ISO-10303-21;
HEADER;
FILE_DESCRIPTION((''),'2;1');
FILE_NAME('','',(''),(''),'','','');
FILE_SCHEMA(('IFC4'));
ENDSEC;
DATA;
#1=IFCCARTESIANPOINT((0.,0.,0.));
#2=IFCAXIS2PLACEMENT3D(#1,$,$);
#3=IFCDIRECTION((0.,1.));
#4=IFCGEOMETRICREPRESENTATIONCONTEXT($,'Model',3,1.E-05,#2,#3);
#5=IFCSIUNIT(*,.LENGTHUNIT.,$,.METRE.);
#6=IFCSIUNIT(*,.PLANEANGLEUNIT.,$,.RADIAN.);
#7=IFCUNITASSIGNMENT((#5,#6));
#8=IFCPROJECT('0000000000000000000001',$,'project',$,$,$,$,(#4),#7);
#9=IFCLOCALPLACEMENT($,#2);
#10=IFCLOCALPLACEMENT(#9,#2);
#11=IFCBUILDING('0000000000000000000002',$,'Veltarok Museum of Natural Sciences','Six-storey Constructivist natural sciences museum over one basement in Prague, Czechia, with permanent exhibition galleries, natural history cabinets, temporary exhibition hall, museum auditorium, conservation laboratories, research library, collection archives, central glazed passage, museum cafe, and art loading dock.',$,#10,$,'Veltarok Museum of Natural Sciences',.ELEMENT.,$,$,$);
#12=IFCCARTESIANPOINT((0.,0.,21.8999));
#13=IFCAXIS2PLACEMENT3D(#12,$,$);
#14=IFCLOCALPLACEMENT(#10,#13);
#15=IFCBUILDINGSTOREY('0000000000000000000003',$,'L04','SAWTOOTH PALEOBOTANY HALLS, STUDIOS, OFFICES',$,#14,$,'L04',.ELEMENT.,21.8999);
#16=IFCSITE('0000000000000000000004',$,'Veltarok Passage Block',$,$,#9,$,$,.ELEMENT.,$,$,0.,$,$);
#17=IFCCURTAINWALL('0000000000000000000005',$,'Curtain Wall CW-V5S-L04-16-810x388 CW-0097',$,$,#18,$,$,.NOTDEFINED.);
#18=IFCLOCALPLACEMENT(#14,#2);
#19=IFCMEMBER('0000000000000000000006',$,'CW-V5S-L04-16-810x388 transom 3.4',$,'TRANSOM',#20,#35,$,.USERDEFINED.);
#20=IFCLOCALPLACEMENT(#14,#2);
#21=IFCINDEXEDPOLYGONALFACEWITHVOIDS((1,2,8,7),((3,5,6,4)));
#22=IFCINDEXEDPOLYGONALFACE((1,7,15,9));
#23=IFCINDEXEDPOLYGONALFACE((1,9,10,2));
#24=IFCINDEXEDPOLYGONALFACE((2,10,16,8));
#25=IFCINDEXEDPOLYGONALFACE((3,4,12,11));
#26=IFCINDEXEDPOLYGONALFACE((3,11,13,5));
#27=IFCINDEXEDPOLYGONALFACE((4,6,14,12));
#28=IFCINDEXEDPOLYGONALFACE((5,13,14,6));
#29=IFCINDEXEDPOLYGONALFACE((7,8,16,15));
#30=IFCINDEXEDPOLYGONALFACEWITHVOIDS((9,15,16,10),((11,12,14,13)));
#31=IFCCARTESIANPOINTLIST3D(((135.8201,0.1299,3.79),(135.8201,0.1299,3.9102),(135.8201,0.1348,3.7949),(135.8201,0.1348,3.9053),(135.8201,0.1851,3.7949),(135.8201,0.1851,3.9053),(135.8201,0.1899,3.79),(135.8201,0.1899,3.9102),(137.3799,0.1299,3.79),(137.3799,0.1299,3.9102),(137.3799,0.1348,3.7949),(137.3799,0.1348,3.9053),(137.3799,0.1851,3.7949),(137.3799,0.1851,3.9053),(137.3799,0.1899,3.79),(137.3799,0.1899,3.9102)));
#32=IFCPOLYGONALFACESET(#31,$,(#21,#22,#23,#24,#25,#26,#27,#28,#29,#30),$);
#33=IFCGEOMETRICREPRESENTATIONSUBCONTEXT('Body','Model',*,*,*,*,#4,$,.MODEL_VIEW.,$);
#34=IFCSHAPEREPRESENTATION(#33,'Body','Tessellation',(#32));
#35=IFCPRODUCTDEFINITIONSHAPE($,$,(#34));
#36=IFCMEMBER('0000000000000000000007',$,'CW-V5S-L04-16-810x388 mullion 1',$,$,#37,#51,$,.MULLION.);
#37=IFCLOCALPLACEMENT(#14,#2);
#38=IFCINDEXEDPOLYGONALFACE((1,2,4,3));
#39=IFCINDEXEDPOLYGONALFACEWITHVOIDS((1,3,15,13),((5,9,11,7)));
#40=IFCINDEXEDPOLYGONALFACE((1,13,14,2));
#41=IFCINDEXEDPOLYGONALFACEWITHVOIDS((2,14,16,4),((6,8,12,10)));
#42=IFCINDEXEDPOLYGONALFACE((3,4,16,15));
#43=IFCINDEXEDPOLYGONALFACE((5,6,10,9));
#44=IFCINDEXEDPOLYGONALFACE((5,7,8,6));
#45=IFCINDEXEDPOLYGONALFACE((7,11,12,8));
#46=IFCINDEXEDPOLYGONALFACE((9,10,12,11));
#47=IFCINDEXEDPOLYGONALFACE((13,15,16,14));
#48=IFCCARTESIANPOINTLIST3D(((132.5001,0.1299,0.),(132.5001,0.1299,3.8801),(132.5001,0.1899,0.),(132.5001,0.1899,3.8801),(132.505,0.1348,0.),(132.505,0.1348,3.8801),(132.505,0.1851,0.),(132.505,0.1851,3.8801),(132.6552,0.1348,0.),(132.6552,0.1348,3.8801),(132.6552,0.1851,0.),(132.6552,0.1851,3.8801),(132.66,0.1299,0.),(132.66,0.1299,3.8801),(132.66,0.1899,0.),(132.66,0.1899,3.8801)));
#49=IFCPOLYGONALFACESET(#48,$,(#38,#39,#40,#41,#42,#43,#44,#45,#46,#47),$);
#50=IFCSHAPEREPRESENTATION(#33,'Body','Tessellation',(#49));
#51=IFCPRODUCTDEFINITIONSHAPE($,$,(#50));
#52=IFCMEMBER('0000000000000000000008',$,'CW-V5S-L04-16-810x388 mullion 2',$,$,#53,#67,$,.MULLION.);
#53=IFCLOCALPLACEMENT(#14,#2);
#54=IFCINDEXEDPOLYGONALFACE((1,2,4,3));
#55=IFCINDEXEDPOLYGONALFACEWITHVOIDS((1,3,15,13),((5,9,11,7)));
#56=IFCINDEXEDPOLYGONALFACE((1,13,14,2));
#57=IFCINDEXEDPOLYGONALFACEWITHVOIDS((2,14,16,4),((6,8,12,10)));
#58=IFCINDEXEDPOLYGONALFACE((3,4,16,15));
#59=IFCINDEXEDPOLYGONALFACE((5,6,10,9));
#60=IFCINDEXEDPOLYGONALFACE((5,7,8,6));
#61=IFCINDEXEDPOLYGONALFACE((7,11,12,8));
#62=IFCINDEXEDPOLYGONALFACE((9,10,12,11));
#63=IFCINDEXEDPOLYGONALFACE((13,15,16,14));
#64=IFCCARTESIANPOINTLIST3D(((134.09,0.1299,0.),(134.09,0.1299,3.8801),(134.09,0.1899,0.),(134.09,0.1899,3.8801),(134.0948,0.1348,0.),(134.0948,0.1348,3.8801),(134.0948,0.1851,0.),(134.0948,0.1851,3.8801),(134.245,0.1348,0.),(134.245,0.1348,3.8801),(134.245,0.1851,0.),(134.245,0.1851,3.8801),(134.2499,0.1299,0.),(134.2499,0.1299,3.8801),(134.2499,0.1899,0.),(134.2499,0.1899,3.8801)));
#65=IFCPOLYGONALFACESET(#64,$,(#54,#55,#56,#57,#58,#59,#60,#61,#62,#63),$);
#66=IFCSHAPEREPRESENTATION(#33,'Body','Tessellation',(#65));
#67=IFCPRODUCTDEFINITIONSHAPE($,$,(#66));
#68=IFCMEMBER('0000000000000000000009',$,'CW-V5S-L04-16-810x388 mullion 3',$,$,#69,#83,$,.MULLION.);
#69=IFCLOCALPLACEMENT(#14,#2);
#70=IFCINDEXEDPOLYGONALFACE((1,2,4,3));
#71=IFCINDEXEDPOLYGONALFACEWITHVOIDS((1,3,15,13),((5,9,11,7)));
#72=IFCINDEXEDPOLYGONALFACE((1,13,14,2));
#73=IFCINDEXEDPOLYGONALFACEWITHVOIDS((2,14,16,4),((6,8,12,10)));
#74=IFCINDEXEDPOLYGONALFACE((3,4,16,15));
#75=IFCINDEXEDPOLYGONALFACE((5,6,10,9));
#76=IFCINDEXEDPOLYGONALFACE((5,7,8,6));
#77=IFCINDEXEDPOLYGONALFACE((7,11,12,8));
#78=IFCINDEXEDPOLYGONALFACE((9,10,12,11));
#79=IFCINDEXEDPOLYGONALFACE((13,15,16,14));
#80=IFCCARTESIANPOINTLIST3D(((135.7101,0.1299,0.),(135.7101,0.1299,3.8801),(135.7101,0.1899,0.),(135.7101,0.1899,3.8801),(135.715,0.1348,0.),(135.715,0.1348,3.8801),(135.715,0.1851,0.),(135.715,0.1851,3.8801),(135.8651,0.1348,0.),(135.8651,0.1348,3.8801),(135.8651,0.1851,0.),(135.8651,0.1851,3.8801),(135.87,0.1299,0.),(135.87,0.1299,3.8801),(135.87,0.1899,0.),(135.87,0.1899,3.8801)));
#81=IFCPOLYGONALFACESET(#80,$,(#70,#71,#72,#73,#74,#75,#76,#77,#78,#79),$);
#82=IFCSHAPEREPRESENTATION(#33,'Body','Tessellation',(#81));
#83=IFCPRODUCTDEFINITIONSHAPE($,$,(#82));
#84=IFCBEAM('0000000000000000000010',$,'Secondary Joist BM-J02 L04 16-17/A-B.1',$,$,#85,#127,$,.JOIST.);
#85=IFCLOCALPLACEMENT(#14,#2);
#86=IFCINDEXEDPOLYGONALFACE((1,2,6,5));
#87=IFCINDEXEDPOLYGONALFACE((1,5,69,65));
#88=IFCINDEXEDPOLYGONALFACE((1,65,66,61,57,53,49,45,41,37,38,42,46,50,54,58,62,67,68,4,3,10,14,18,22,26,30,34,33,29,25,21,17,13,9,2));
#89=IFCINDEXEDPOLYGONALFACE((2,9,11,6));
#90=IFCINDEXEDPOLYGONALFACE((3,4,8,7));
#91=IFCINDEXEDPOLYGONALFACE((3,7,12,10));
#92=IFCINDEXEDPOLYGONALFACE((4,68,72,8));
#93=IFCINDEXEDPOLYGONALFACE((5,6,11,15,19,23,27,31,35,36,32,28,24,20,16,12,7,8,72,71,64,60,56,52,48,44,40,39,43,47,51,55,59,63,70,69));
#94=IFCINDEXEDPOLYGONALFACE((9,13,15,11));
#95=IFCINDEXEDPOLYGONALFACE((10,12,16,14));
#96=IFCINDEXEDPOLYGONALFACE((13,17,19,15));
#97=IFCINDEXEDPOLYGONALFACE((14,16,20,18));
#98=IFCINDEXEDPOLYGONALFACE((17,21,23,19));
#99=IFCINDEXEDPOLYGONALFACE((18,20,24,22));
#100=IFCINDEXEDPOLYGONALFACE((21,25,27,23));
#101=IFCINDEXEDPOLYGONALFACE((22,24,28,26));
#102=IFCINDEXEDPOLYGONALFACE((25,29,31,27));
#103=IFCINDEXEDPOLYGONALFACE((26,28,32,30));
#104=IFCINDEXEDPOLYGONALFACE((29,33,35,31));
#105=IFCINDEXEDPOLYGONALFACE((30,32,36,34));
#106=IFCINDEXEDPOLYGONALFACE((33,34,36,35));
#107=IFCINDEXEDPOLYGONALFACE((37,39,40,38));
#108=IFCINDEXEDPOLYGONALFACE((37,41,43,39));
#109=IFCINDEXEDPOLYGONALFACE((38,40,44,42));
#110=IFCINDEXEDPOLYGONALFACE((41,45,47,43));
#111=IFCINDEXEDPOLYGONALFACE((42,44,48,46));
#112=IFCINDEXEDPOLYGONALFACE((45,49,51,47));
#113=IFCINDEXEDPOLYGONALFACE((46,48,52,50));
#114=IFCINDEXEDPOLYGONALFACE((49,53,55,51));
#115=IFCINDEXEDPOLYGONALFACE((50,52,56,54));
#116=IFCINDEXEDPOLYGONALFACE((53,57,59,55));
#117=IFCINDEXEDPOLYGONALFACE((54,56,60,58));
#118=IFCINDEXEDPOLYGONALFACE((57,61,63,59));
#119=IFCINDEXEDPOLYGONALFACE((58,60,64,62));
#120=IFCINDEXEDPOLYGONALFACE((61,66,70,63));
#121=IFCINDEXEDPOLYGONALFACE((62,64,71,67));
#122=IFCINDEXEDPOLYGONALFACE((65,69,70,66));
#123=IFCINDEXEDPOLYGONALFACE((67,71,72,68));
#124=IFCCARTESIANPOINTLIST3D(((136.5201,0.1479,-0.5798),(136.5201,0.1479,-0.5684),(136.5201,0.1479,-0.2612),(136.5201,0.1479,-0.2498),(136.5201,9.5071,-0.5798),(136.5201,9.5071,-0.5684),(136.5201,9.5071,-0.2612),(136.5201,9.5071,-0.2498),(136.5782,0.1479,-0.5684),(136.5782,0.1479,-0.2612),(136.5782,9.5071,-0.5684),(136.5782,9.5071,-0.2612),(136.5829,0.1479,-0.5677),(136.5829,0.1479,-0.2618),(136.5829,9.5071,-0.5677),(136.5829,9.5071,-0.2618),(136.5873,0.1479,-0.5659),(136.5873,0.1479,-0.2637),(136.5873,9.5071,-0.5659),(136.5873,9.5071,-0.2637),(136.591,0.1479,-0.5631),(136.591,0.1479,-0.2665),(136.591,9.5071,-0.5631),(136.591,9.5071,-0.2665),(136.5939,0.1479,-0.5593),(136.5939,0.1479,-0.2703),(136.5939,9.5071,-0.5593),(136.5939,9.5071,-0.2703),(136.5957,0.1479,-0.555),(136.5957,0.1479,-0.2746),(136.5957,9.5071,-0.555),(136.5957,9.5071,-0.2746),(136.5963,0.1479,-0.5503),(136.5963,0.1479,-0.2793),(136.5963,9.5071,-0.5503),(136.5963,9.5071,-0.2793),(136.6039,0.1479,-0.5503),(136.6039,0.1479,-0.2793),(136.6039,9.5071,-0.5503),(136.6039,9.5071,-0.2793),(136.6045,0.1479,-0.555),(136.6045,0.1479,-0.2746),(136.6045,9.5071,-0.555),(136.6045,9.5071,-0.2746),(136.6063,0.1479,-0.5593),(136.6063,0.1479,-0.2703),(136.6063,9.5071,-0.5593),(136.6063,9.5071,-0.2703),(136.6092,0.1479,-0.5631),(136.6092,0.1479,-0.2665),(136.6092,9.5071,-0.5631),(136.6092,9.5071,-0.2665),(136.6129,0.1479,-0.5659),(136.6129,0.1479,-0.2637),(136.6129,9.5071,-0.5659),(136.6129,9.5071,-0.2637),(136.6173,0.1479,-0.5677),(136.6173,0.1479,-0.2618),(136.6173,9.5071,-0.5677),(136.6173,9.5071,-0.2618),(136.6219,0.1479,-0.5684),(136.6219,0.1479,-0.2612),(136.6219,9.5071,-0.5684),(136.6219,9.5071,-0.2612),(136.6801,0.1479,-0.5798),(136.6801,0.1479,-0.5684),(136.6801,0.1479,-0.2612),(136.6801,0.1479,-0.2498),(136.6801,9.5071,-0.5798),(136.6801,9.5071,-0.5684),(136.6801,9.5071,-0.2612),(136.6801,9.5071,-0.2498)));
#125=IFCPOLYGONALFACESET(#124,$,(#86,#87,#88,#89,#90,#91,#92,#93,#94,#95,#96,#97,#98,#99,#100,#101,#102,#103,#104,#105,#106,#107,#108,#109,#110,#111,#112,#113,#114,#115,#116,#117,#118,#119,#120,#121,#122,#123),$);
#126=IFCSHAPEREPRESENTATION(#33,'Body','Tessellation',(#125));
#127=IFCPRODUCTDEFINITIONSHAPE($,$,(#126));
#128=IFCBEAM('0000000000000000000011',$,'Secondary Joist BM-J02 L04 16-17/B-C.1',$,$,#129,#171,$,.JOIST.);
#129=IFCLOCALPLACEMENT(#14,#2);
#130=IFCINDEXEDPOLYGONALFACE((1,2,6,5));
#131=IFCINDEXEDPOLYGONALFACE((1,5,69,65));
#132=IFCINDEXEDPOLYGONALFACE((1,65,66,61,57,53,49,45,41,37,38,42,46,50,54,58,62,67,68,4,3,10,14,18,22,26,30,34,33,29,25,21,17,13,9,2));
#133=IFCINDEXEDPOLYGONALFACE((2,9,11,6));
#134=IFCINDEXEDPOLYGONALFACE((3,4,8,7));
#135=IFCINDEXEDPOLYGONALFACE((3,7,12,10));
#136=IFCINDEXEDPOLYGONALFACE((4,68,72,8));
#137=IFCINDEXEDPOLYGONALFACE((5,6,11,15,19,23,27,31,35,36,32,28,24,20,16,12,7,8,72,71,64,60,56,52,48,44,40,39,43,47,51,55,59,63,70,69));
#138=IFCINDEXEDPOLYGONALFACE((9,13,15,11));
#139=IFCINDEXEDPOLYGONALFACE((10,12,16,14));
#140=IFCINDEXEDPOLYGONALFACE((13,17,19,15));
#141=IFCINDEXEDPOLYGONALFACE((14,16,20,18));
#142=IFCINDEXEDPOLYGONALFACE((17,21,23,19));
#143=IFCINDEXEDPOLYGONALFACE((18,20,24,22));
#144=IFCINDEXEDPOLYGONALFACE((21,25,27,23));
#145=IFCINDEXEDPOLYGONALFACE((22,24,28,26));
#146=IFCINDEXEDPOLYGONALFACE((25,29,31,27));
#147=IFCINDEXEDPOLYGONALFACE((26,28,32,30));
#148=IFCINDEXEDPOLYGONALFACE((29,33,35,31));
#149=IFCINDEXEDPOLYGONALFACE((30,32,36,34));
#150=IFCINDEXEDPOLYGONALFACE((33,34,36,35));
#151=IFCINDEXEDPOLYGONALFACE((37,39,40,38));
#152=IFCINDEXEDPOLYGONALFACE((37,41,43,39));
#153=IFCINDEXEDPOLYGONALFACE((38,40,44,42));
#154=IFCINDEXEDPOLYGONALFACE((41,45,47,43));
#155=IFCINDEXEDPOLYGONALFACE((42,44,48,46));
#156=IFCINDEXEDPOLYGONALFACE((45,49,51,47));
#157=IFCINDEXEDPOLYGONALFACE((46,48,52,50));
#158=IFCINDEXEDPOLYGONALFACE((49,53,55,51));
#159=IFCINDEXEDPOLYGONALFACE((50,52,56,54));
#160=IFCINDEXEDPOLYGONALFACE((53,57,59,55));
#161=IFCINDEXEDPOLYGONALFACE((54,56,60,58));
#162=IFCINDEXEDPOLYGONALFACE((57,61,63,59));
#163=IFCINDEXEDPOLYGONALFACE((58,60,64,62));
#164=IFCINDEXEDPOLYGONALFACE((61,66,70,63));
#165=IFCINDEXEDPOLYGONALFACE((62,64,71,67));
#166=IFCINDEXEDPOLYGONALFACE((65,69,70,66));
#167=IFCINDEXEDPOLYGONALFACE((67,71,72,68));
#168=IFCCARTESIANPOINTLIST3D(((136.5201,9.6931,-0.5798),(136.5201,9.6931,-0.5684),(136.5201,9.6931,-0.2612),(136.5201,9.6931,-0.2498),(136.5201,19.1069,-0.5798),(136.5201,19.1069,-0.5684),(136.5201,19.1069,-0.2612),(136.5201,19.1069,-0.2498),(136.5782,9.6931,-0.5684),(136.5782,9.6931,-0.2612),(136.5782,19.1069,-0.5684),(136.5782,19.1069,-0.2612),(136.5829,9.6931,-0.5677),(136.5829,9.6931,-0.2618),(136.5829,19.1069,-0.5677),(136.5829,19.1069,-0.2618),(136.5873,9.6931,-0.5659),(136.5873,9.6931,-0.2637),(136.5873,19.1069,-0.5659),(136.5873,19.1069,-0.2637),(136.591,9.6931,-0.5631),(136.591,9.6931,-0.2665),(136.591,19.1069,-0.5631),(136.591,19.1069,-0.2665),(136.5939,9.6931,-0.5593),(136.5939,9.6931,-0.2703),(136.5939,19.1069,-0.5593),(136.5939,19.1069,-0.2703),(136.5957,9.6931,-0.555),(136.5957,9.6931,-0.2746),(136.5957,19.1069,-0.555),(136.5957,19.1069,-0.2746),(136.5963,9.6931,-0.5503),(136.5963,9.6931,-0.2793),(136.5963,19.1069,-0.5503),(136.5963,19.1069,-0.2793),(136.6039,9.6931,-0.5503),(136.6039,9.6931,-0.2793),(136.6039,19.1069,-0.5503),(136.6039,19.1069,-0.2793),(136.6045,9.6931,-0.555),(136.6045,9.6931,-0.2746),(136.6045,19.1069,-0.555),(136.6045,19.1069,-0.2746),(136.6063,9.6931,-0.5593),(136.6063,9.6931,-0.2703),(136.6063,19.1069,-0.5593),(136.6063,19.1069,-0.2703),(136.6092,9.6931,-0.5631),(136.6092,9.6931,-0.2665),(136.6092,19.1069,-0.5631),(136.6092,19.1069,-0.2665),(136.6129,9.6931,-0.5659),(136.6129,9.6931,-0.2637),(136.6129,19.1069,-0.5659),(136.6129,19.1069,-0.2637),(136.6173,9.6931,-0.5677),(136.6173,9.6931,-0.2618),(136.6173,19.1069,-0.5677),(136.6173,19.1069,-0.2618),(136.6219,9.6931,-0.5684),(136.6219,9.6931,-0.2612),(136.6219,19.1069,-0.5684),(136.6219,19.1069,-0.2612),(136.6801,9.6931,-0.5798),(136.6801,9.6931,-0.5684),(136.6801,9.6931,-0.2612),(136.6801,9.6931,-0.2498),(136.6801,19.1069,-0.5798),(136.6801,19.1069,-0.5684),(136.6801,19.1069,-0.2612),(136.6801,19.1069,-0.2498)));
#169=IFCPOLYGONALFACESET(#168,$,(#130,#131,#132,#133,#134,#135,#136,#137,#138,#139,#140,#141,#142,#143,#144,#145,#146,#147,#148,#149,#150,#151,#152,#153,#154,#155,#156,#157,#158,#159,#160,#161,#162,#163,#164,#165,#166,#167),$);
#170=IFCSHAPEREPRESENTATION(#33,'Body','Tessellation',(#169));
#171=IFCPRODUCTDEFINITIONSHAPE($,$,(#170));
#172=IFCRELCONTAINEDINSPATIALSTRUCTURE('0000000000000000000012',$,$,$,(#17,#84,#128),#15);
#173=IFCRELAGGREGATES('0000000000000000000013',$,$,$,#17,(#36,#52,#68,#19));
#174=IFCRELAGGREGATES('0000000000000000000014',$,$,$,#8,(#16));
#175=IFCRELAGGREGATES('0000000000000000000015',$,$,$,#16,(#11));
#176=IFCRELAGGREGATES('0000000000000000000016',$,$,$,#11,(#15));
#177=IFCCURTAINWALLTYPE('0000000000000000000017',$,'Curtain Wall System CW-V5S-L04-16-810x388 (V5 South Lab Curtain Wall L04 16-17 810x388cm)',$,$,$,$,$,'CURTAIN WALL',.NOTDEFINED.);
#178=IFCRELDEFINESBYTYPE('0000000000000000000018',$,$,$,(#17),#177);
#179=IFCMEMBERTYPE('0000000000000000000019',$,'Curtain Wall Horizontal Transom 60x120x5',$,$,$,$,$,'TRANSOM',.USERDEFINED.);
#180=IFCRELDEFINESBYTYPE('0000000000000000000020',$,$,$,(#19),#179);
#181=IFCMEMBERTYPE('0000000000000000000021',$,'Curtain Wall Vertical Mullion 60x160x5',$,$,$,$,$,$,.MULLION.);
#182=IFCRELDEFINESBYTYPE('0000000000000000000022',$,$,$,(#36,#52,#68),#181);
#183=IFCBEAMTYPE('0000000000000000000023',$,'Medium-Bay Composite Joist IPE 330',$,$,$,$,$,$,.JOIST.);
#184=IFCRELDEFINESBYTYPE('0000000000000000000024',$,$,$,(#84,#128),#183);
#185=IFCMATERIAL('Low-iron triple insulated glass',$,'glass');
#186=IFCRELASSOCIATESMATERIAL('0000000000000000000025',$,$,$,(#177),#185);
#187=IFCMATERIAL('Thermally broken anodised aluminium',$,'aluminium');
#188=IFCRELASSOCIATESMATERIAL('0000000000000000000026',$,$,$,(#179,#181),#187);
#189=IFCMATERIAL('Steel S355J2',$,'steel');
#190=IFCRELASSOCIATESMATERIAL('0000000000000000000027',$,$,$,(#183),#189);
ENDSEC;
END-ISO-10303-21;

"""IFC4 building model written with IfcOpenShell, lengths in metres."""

from ifc_helpers import new_model, si_unit, direction, frame, origin, origin_2d, place, context, subcontext, project, spatial, hollow_rectangle, i_section, extrude, material, material_profile, profile_set, type_object, element, aggregate, save


model = new_model("IFC4")

# Units and contexts
model_context = context("Model", 3, precision=1e-05, world=origin(), true_north=direction((0.0, 1.0)))
body_context = subcontext(model_context, "Body", "Model", "MODEL_VIEW")
ifc_project = project(units=[si_unit("LENGTHUNIT", "METRE"), si_unit("PLANEANGLEUNIT", "RADIAN")], contexts=[model_context])

# Site, building, storey
site_placement = place(None, origin())
site = spatial("IfcSite", under=ifc_project, at=site_placement, Name="Veltarok Passage Block", CompositionType="ELEMENT", RefElevation=0.0)
building_placement = place(site_placement, origin())
building = spatial("IfcBuilding", under=site, at=building_placement, Name="Veltarok Museum of Natural Sciences", Description="Six-storey Constructivist natural sciences museum over one basement in Prague, Czechia, with permanent exhibition galleries, natural history cabinets, temporary exhibition hall, museum auditorium, conservation laboratories, research library, collection archives, central glazed passage, museum cafe, and art loading dock.", LongName="Veltarok Museum of Natural Sciences", CompositionType="ELEMENT")
storey_placement = place(building_placement, frame((0.0, 0.0, 21.8999)))
storey = spatial("IfcBuildingStorey", under=building, at=storey_placement, Name="L04", Description="SAWTOOTH PALEOBOTANY HALLS, STUDIOS, OFFICES", LongName="L04", CompositionType="ELEMENT", Elevation=21.8999)

# Curtain wall, members
ifc_material_1 = material(Name="Low-iron triple insulated glass", Category="glass")
curtain_wall_type = type_object("IfcCurtainWallType", Name="Curtain Wall System CW-V5S-L04-16-810x388 (V5 South Lab Curtain Wall L04 16-17 810x388cm)", ElementType="CURTAIN WALL", PredefinedType="NOTDEFINED", material=ifc_material_1)
curtain_wall_placement = place(storey_placement, origin())
curtain_wall = element("IfcCurtainWall", 1, at=curtain_wall_placement, inside=storey, type_object=curtain_wall_type, Name="Curtain Wall CW-V5S-L04-16-810x388 CW-0097", PredefinedType="NOTDEFINED")
ifc_material_2 = material(Name="Thermally broken anodised aluminium", Category="aluminium")
ifc_material_profile_1 = material_profile(ifc_material_2, hollow_rectangle(XDim=0.0601, YDim=0.1201, WallThickness=0.0049, at=origin_2d()), Name="CW TRANSOM 60x120x5")
ifc_profile_set_1 = profile_set([ifc_material_profile_1], Name="Thermally broken anodised aluminium")
member_type_1 = type_object("IfcMemberType", Name="Curtain Wall Horizontal Transom 60x120x5", ElementType="TRANSOM", PredefinedType="USERDEFINED", material=ifc_profile_set_1)
member_1_placement = place(storey_placement, frame((135.8201, 0.1599, 3.8501), z_axis=(1.0, 0.0, 0.0), x_axis=(0.0, 1.0, 0.0)))
member_1 = element("IfcMember", 2, at=member_1_placement, type_object=member_type_1, Name="CW-V5S-L04-16-810x388 transom 3.4", ObjectType="TRANSOM", PredefinedType="USERDEFINED", context=body_context, shape_type="SweptSolid", body=[
    extrude(hollow_rectangle(XDim=0.0601, YDim=0.1201, WallThickness=0.0049, at=origin_2d()), origin(), (0.0, 0.0, 1.0), 1.5598),
])
ifc_material_profile_2 = material_profile(ifc_material_2, hollow_rectangle(XDim=0.0601, YDim=0.1599, WallThickness=0.0049, at=origin_2d()), Name="CW MULLION 60x160x5")
ifc_profile_set_2 = profile_set([ifc_material_profile_2], Name="Thermally broken anodised aluminium")
member_type_2 = type_object("IfcMemberType", Name="Curtain Wall Vertical Mullion 60x160x5", PredefinedType="MULLION", material=ifc_profile_set_2)
member_2_placement = place(storey_placement, frame((132.5801, 0.1599, 0.0), z_axis=(0.0, 0.0, 1.0), x_axis=(0.0, 1.0, 0.0)))
member_2 = element("IfcMember", 3, at=member_2_placement, type_object=member_type_2, Name="CW-V5S-L04-16-810x388 mullion 1", PredefinedType="MULLION", context=body_context, shape_type="SweptSolid", body=[
    extrude(hollow_rectangle(XDim=0.0601, YDim=0.1599, WallThickness=0.0049, at=origin_2d()), origin(), (0.0, 0.0, 1.0), 3.8801),
])
member_3_placement = place(storey_placement, frame((134.1699, 0.1599, 0.0), z_axis=(0.0, 0.0, 1.0), x_axis=(0.0, 1.0, 0.0)))
member_3 = element("IfcMember", 4, at=member_3_placement, type_object=member_type_2, Name="CW-V5S-L04-16-810x388 mullion 2", PredefinedType="MULLION", context=body_context, shape_type="SweptSolid", body=[
    extrude(hollow_rectangle(XDim=0.0601, YDim=0.1599, WallThickness=0.0049, at=origin_2d()), origin(), (0.0, 0.0, 1.0), 3.8801),
])
member_4_placement = place(storey_placement, frame((135.79, 0.1599, 0.0), z_axis=(0.0, 0.0, 1.0), x_axis=(0.0, 1.0, 0.0)))
member_4 = element("IfcMember", 5, at=member_4_placement, type_object=member_type_2, Name="CW-V5S-L04-16-810x388 mullion 3", PredefinedType="MULLION", context=body_context, shape_type="SweptSolid", body=[
    extrude(hollow_rectangle(XDim=0.0601, YDim=0.1599, WallThickness=0.0049, at=origin_2d()), origin(), (0.0, 0.0, 1.0), 3.8801),
])

# Beams
ifc_material_3 = material(Name="Steel S355J2", Category="steel")
ifc_material_profile_3 = material_profile(ifc_material_3, i_section(OverallWidth=0.1599, OverallDepth=0.3301, WebThickness=0.0076, FlangeThickness=0.0115, FilletRadius=0.0181, at=origin_2d()), Name="IPE 330")
ifc_profile_set_3 = profile_set([ifc_material_profile_3], Name="Steel S355J2")
beam_type_1 = type_object("IfcBeamType", Name="Medium-Bay Composite Joist IPE 330", PredefinedType="JOIST", material=ifc_profile_set_3)
beam_1_placement = place(storey_placement, frame((136.6001, 0.1479, -0.4148), z_axis=(0.0, 1.0, 0.0), x_axis=(-1.0, 0.0, 0.0)))
element("IfcBeam", 6, at=beam_1_placement, inside=storey, type_object=beam_type_1, Name="Secondary Joist BM-J02 L04 16-17/A-B.1", PredefinedType="JOIST", context=body_context, shape_type="SweptSolid", body=[
    extrude(i_section(OverallWidth=0.1599, OverallDepth=0.3301, WebThickness=0.0076, FlangeThickness=0.0115, FilletRadius=0.0181, at=origin_2d()), origin(), (0.0, 0.0, 1.0), 9.3591),
])
beam_2_placement = place(storey_placement, frame((136.6001, 9.6931, -0.4148), z_axis=(0.0, 1.0, 0.0), x_axis=(-1.0, 0.0, 0.0)))
element("IfcBeam", 7, at=beam_2_placement, inside=storey, type_object=beam_type_1, Name="Secondary Joist BM-J02 L04 16-17/B-C.1", PredefinedType="JOIST", context=body_context, shape_type="SweptSolid", body=[
    extrude(i_section(OverallWidth=0.1599, OverallDepth=0.3301, WebThickness=0.0076, FlangeThickness=0.0115, FilletRadius=0.0181, at=origin_2d()), origin(), (0.0, 0.0, 1.0), 9.4138),
])

aggregate(curtain_wall, [member_2, member_3, member_4, member_1])

save(model, "model.ifc")
